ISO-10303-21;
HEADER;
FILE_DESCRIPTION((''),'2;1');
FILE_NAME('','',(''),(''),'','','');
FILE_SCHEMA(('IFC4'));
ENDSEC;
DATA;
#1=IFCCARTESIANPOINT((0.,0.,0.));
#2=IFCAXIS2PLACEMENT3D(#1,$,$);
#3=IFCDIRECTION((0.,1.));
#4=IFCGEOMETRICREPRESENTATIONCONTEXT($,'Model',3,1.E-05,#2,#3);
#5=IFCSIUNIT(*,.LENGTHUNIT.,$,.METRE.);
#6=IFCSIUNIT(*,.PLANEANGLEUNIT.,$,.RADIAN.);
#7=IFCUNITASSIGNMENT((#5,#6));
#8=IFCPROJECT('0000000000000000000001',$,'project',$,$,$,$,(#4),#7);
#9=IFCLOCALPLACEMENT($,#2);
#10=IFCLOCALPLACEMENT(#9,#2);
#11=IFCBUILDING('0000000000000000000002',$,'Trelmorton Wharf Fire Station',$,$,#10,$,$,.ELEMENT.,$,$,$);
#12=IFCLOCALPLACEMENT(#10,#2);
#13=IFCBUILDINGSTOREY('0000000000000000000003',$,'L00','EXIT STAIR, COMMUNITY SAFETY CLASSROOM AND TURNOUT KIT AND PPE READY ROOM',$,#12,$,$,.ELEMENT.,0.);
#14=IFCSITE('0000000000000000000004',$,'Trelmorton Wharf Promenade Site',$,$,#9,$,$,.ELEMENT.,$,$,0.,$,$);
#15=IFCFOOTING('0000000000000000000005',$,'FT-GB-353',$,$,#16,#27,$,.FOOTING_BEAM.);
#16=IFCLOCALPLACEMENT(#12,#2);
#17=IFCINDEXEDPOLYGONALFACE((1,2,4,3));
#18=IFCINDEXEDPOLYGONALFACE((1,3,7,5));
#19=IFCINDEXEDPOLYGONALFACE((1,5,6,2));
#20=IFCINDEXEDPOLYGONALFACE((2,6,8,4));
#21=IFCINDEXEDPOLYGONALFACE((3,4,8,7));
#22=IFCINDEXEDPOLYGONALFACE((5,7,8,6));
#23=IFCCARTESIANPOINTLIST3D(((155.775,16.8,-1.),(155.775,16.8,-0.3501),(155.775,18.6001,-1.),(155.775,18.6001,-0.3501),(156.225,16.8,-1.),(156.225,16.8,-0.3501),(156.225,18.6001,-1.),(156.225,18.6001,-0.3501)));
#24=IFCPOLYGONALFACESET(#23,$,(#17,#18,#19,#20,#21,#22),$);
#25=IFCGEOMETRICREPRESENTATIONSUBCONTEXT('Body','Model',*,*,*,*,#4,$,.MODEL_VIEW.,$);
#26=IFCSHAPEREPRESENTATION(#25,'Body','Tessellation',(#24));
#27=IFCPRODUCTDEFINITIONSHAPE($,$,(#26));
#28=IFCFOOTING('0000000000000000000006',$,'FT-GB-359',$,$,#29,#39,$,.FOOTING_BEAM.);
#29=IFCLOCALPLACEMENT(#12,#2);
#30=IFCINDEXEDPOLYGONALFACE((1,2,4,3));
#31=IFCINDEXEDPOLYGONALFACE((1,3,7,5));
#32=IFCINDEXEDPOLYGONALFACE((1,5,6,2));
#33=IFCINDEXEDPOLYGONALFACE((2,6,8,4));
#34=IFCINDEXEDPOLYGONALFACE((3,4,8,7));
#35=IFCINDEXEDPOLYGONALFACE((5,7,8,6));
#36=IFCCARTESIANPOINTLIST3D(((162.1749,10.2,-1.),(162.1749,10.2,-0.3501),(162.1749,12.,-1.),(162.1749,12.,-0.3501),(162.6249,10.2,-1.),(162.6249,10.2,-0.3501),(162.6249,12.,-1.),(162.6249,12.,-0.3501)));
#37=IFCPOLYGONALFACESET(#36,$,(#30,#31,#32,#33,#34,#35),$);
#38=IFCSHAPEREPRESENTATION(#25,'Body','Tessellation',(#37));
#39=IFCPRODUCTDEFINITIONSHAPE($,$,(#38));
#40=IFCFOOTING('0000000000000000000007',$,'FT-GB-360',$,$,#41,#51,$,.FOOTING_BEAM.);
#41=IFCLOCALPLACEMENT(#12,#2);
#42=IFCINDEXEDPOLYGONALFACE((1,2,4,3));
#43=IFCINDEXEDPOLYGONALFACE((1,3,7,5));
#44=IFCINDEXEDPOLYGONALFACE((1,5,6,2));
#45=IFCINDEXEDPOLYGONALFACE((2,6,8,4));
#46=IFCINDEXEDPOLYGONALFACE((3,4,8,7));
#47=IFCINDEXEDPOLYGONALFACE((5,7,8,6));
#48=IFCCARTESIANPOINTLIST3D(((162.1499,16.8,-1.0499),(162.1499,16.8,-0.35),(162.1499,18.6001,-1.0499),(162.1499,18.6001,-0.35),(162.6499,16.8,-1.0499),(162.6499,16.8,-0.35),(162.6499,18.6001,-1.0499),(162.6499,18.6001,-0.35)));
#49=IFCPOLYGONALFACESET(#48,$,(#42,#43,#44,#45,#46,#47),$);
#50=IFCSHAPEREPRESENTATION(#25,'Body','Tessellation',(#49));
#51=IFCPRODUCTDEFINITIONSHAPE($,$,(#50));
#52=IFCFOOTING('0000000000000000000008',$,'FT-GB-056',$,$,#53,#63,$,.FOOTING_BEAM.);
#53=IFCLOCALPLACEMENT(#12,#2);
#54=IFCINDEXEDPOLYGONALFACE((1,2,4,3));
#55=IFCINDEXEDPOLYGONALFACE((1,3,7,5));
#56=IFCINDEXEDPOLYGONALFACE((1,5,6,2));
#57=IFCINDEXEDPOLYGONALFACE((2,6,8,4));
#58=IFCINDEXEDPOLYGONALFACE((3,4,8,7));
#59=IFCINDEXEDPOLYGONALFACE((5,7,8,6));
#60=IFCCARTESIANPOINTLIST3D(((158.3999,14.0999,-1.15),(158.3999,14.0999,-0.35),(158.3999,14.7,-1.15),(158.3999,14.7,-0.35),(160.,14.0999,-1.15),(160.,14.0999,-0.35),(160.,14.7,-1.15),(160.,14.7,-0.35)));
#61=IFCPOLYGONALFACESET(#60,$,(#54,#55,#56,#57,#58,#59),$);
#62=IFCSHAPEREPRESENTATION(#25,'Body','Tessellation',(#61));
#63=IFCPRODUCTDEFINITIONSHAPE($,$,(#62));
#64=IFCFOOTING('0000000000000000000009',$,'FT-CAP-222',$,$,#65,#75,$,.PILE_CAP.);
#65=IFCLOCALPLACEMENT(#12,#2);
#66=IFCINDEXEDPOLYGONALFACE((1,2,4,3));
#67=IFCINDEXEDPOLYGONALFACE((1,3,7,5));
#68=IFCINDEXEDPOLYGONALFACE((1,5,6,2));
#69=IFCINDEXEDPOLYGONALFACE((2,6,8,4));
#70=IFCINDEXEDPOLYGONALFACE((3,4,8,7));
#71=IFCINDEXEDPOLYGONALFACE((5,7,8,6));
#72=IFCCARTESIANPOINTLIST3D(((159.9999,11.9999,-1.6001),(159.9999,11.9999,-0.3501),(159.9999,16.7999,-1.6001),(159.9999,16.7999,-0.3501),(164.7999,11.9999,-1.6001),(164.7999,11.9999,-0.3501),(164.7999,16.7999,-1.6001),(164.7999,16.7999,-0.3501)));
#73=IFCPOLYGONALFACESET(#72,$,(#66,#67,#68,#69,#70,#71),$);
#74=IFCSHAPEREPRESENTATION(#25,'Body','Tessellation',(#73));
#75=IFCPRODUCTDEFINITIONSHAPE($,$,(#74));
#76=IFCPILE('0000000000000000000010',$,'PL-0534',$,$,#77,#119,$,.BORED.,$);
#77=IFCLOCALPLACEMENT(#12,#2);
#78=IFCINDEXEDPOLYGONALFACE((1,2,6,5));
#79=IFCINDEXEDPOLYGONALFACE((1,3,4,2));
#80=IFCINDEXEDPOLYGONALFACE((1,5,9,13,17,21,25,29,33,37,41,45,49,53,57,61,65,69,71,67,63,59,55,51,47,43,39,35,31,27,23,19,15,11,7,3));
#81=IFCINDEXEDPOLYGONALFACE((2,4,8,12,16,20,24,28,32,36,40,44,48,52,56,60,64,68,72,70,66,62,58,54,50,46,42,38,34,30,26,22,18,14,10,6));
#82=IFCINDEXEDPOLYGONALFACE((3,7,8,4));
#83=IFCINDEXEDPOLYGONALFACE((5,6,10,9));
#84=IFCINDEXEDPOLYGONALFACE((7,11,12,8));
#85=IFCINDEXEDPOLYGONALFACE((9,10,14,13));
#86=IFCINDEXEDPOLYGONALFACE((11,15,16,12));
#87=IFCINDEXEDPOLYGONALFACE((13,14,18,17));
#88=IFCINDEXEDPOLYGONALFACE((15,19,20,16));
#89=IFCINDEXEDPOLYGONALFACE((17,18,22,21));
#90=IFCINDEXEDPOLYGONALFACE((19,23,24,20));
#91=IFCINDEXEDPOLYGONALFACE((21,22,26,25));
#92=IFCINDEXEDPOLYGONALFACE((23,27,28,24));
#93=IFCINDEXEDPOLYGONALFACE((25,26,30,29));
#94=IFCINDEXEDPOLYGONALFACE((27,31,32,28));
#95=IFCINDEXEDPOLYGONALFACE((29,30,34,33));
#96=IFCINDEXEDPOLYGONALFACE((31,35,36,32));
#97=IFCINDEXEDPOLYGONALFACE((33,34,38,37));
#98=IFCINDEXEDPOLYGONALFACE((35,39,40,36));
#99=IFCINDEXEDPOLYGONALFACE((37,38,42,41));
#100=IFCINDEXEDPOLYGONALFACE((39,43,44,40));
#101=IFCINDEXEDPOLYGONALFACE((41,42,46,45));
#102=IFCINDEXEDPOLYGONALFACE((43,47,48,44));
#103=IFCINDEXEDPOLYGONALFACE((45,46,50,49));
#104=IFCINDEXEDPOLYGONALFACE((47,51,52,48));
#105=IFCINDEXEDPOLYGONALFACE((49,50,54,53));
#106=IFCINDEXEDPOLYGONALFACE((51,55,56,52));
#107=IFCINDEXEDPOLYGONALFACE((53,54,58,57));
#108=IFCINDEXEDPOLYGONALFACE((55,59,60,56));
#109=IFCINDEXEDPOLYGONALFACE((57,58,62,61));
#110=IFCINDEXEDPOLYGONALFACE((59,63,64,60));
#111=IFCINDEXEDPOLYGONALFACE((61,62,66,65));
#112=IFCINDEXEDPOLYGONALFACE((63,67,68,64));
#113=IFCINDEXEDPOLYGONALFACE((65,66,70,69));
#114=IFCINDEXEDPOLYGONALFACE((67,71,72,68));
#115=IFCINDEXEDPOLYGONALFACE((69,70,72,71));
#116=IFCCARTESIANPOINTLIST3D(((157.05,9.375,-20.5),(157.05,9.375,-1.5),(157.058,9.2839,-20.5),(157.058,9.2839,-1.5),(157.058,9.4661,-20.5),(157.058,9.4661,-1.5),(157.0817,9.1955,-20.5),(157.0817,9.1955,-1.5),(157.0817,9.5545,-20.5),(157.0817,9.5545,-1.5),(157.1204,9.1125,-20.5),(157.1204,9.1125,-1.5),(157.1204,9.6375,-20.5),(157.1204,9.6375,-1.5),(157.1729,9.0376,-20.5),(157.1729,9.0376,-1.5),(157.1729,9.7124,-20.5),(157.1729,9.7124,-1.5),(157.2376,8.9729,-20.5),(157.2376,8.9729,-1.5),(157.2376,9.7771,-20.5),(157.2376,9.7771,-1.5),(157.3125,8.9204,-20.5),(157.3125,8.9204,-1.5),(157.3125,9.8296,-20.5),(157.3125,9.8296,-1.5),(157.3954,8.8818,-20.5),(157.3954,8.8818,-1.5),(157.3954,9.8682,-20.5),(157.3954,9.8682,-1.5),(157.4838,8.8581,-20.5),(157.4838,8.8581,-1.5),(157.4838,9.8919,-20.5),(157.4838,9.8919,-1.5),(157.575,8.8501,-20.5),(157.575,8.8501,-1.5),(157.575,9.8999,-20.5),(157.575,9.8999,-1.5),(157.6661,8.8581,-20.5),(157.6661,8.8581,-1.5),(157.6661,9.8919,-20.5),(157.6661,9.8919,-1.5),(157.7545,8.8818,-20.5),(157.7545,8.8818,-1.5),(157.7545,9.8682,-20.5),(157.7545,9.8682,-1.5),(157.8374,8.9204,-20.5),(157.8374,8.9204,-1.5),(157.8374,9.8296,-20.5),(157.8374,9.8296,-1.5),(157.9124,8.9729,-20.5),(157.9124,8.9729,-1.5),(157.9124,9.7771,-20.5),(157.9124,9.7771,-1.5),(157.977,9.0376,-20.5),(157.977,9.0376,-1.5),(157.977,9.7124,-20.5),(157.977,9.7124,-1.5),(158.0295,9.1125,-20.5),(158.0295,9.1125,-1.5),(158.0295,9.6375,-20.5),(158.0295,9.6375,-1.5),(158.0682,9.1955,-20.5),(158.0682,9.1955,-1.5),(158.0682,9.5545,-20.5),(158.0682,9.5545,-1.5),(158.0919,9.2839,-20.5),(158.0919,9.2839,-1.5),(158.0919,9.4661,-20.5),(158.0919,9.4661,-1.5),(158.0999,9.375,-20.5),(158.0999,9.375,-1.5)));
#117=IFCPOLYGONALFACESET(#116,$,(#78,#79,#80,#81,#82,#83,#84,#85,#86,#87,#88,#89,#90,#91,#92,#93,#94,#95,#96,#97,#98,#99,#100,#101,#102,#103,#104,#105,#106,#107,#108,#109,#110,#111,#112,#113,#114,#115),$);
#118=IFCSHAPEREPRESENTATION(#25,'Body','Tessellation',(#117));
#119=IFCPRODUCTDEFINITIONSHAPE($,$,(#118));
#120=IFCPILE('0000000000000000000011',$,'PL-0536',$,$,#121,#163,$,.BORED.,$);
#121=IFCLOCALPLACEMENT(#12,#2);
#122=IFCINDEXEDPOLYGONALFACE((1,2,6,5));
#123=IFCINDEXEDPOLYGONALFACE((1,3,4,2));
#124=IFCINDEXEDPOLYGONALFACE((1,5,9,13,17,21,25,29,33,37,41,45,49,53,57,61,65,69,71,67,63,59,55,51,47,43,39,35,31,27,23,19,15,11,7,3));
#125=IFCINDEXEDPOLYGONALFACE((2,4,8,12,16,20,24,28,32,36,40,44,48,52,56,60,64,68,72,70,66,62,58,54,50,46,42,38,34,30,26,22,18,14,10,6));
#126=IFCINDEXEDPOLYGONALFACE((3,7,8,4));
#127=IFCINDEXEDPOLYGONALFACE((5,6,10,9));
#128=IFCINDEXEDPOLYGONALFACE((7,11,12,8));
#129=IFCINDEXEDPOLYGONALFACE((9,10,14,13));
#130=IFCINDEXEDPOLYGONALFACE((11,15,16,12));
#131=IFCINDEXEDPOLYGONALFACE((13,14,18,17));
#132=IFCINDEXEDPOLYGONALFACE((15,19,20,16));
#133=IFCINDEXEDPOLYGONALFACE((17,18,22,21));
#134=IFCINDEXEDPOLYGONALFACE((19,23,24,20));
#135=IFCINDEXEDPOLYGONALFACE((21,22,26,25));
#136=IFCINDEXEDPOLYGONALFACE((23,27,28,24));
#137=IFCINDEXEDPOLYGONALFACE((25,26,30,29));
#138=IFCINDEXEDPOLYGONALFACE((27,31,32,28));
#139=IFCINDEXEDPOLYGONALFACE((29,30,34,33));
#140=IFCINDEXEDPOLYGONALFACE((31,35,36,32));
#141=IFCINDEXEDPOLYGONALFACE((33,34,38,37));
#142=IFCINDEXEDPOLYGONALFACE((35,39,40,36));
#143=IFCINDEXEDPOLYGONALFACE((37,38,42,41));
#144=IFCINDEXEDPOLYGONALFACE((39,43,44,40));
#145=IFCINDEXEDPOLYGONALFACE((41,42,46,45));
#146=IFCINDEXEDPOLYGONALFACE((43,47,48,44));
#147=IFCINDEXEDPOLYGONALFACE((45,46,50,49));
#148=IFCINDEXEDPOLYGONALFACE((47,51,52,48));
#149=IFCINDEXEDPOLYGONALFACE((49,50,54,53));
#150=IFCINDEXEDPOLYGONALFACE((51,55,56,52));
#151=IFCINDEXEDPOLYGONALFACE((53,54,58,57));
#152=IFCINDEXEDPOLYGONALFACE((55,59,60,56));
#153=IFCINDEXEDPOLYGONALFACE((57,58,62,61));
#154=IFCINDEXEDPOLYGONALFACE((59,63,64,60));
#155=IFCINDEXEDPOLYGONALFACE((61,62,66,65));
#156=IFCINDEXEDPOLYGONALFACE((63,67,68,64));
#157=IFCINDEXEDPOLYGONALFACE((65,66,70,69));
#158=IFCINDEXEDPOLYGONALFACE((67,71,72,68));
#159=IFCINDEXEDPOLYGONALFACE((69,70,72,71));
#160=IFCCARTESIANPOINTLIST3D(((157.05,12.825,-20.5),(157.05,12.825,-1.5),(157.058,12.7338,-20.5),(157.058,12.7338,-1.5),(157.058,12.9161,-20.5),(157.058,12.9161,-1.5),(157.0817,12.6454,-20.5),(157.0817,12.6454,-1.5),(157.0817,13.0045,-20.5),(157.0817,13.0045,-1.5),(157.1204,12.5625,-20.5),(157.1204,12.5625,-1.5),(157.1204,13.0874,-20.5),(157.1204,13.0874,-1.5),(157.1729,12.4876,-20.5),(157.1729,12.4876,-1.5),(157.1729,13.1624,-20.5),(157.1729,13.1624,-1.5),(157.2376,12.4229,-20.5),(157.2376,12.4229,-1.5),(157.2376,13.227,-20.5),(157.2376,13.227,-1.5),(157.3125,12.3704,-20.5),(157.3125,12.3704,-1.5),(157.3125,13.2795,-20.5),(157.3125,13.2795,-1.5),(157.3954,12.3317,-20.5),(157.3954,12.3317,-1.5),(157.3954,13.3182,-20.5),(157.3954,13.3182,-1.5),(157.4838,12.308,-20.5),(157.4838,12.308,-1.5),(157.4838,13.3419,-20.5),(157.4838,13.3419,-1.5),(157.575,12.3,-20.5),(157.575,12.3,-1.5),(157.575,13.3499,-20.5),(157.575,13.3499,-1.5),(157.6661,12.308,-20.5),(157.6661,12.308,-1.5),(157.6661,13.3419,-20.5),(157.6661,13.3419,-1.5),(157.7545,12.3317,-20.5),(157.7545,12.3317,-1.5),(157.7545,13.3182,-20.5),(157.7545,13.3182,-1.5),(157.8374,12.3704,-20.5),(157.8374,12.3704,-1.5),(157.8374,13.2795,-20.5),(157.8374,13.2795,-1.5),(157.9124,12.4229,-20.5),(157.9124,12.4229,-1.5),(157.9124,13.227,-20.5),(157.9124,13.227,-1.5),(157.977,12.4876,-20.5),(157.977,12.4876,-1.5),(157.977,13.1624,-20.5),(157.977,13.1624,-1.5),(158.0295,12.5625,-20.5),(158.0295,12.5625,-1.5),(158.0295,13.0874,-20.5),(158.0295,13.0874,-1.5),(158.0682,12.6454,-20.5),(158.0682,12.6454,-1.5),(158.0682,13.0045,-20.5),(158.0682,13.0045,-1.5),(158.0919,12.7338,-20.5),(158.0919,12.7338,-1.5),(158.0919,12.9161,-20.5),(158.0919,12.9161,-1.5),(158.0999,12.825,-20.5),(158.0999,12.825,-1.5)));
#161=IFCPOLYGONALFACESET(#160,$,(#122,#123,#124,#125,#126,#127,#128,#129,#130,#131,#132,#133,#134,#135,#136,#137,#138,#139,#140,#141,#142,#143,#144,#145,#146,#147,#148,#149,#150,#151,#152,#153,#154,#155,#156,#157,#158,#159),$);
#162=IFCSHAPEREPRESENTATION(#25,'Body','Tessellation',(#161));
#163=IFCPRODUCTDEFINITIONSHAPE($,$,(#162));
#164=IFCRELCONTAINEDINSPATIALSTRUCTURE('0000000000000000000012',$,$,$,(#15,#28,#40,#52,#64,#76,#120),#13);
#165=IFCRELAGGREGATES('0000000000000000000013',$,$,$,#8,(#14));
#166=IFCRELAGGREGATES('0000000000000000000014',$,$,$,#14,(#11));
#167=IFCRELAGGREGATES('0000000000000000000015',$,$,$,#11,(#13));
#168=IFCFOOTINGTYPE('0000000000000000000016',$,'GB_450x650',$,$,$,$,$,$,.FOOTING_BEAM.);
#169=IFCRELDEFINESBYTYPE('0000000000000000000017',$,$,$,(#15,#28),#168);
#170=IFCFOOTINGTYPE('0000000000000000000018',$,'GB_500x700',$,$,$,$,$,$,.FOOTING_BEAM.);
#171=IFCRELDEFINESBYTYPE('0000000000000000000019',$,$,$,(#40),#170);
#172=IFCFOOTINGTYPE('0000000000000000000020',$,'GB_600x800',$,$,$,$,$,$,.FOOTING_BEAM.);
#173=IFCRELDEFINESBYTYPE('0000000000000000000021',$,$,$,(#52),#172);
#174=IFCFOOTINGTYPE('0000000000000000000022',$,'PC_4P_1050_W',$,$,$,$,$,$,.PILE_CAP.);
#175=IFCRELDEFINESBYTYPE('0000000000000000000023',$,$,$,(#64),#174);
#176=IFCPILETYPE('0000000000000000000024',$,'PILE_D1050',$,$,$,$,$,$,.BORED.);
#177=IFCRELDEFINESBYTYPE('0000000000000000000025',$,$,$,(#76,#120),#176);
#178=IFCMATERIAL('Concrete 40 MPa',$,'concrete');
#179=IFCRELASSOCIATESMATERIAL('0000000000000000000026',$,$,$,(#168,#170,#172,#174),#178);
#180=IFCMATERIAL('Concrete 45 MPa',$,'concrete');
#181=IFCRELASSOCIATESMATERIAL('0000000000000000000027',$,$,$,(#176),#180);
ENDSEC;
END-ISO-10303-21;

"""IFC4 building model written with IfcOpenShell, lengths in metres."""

from ifc_helpers import new_model, si_unit, direction, frame, origin, origin_2d, place, context, subcontext, project, spatial, rectangle, circle, extrude, material, material_profile, profile_set, type_object, element, save


model = new_model("IFC4")

# Units and contexts
model_context = context("Model", 3, precision=1e-05, world=origin(), true_north=direction((0.0, 1.0)))
body_context = subcontext(model_context, "Body", "Model", "MODEL_VIEW")
ifc_project = project(units=[si_unit("LENGTHUNIT", "METRE"), si_unit("PLANEANGLEUNIT", "RADIAN")], contexts=[model_context])

# Site, building, storey
site_placement = place(None, origin())
site = spatial("IfcSite", under=ifc_project, at=site_placement, Name="Trelmorton Wharf Promenade Site", CompositionType="ELEMENT", RefElevation=0.0)
building_placement = place(site_placement, origin())
building = spatial("IfcBuilding", under=site, at=building_placement, Name="Trelmorton Wharf Fire Station", CompositionType="ELEMENT")
storey_placement = place(building_placement, origin())
storey = spatial("IfcBuildingStorey", under=building, at=storey_placement, Name="L00", Description="EXIT STAIR, COMMUNITY SAFETY CLASSROOM AND TURNOUT KIT AND PPE READY ROOM", CompositionType="ELEMENT", Elevation=0.0)

# Footings
ifc_material_1 = material(Name="Concrete 40 MPa", Category="concrete")
ifc_material_profile_1 = material_profile(ifc_material_1, rectangle(XDim=0.45, YDim=0.6499, at=origin_2d()), Name="RC450x650")
ifc_profile_set_1 = profile_set([ifc_material_profile_1], Name="Concrete 40 MPa")
footing_type_1 = type_object("IfcFootingType", Name="GB_450x650", PredefinedType="FOOTING_BEAM", material=ifc_profile_set_1)
for number, where, z_axis, x_axis, name in (
    (1, (156.0, 16.8, -0.675), (0.0, 1.0, 0.0), (-1.0, 0.0, 0.0), "FT-GB-353"),
    (2, (162.3999, 10.2, -0.675), (0.0, 1.0, 0.0), (-1.0, 0.0, 0.0), "FT-GB-359"),
):
    element("IfcFooting", number, at=place(storey_placement, frame(where, z_axis=z_axis, x_axis=x_axis)), inside=storey, type_object=footing_type_1, Name=name, PredefinedType="FOOTING_BEAM", context=body_context, shape_type="SweptSolid", body=[
        extrude(rectangle(XDim=0.45, YDim=0.6499, at=origin_2d()), origin(), (0.0, 0.0, 1.0), 1.8),
    ])
ifc_material_profile_2 = material_profile(ifc_material_1, rectangle(XDim=0.5, YDim=0.7, at=origin_2d()), Name="RC500x700")
ifc_profile_set_2 = profile_set([ifc_material_profile_2], Name="Concrete 40 MPa")
footing_type_2 = type_object("IfcFootingType", Name="GB_500x700", PredefinedType="FOOTING_BEAM", material=ifc_profile_set_2)
footing_1_placement = place(storey_placement, frame((162.3999, 16.8, -0.7), z_axis=(0.0, 1.0, 0.0), x_axis=(-1.0, 0.0, 0.0)))
element("IfcFooting", 3, at=footing_1_placement, inside=storey, type_object=footing_type_2, Name="FT-GB-360", PredefinedType="FOOTING_BEAM", context=body_context, shape_type="SweptSolid", body=[
    extrude(rectangle(XDim=0.5, YDim=0.7, at=origin_2d()), origin(), (0.0, 0.0, 1.0), 1.8),
])
ifc_material_profile_3 = material_profile(ifc_material_1, rectangle(XDim=0.6001, YDim=0.8, at=origin_2d()), Name="RC600x800")
ifc_profile_set_3 = profile_set([ifc_material_profile_3], Name="Concrete 40 MPa")
footing_type_3 = type_object("IfcFootingType", Name="GB_600x800", PredefinedType="FOOTING_BEAM", material=ifc_profile_set_3)
footing_2_placement = place(storey_placement, frame((158.3999, 14.3999, -0.75), z_axis=(1.0, 0.0, 0.0), x_axis=(0.0, 1.0, 0.0)))
element("IfcFooting", 4, at=footing_2_placement, inside=storey, type_object=footing_type_3, Name="FT-GB-056", PredefinedType="FOOTING_BEAM", context=body_context, shape_type="SweptSolid", body=[
    extrude(rectangle(XDim=0.6001, YDim=0.8, at=origin_2d()), origin(), (0.0, 0.0, 1.0), 1.6001),
])
footing_type_4 = type_object("IfcFootingType", Name="PC_4P_1050_W", PredefinedType="PILE_CAP", material=ifc_material_1)
footing_3_placement = place(storey_placement, frame((162.3999, 14.3999, -1.6001), z_axis=(0.0, 0.0, 1.0), x_axis=(1.0, 0.0, 0.0)))
element("IfcFooting", 5, at=footing_3_placement, inside=storey, type_object=footing_type_4, Name="FT-CAP-222", PredefinedType="PILE_CAP", context=body_context, shape_type="SweptSolid", body=[
    extrude(rectangle(XDim=4.8, YDim=4.8, at=origin_2d()), origin(), (0.0, 0.0, 1.0), 1.25),
])

# Piles
ifc_material_2 = material(Name="Concrete 45 MPa", Category="concrete")
ifc_material_profile_4 = material_profile(ifc_material_2, circle(Radius=0.5249, at=origin_2d()), Name="PILE-D1050")
ifc_profile_set_4 = profile_set([ifc_material_profile_4], Name="Concrete 45 MPa")
pile_type = type_object("IfcPileType", Name="PILE_D1050", PredefinedType="BORED", material=ifc_profile_set_4)
for number, where, z_axis, x_axis, name in (
    (6, (157.575, 9.375, -1.5), (0.0, 0.0, -1.0), (1.0, 0.0, 0.0), "PL-0534"),
    (7, (157.575, 12.825, -1.5), (0.0, 0.0, -1.0), (1.0, 0.0, 0.0), "PL-0536"),
):
    element("IfcPile", number, at=place(storey_placement, frame(where, z_axis=z_axis, x_axis=x_axis)), inside=storey, type_object=pile_type, Name=name, PredefinedType="BORED", context=body_context, shape_type="SweptSolid", body=[
        extrude(circle(Radius=0.5249, at=origin_2d()), origin(), (0.0, 0.0, 1.0), 19.0),
    ])

save(model, "model.ifc")
